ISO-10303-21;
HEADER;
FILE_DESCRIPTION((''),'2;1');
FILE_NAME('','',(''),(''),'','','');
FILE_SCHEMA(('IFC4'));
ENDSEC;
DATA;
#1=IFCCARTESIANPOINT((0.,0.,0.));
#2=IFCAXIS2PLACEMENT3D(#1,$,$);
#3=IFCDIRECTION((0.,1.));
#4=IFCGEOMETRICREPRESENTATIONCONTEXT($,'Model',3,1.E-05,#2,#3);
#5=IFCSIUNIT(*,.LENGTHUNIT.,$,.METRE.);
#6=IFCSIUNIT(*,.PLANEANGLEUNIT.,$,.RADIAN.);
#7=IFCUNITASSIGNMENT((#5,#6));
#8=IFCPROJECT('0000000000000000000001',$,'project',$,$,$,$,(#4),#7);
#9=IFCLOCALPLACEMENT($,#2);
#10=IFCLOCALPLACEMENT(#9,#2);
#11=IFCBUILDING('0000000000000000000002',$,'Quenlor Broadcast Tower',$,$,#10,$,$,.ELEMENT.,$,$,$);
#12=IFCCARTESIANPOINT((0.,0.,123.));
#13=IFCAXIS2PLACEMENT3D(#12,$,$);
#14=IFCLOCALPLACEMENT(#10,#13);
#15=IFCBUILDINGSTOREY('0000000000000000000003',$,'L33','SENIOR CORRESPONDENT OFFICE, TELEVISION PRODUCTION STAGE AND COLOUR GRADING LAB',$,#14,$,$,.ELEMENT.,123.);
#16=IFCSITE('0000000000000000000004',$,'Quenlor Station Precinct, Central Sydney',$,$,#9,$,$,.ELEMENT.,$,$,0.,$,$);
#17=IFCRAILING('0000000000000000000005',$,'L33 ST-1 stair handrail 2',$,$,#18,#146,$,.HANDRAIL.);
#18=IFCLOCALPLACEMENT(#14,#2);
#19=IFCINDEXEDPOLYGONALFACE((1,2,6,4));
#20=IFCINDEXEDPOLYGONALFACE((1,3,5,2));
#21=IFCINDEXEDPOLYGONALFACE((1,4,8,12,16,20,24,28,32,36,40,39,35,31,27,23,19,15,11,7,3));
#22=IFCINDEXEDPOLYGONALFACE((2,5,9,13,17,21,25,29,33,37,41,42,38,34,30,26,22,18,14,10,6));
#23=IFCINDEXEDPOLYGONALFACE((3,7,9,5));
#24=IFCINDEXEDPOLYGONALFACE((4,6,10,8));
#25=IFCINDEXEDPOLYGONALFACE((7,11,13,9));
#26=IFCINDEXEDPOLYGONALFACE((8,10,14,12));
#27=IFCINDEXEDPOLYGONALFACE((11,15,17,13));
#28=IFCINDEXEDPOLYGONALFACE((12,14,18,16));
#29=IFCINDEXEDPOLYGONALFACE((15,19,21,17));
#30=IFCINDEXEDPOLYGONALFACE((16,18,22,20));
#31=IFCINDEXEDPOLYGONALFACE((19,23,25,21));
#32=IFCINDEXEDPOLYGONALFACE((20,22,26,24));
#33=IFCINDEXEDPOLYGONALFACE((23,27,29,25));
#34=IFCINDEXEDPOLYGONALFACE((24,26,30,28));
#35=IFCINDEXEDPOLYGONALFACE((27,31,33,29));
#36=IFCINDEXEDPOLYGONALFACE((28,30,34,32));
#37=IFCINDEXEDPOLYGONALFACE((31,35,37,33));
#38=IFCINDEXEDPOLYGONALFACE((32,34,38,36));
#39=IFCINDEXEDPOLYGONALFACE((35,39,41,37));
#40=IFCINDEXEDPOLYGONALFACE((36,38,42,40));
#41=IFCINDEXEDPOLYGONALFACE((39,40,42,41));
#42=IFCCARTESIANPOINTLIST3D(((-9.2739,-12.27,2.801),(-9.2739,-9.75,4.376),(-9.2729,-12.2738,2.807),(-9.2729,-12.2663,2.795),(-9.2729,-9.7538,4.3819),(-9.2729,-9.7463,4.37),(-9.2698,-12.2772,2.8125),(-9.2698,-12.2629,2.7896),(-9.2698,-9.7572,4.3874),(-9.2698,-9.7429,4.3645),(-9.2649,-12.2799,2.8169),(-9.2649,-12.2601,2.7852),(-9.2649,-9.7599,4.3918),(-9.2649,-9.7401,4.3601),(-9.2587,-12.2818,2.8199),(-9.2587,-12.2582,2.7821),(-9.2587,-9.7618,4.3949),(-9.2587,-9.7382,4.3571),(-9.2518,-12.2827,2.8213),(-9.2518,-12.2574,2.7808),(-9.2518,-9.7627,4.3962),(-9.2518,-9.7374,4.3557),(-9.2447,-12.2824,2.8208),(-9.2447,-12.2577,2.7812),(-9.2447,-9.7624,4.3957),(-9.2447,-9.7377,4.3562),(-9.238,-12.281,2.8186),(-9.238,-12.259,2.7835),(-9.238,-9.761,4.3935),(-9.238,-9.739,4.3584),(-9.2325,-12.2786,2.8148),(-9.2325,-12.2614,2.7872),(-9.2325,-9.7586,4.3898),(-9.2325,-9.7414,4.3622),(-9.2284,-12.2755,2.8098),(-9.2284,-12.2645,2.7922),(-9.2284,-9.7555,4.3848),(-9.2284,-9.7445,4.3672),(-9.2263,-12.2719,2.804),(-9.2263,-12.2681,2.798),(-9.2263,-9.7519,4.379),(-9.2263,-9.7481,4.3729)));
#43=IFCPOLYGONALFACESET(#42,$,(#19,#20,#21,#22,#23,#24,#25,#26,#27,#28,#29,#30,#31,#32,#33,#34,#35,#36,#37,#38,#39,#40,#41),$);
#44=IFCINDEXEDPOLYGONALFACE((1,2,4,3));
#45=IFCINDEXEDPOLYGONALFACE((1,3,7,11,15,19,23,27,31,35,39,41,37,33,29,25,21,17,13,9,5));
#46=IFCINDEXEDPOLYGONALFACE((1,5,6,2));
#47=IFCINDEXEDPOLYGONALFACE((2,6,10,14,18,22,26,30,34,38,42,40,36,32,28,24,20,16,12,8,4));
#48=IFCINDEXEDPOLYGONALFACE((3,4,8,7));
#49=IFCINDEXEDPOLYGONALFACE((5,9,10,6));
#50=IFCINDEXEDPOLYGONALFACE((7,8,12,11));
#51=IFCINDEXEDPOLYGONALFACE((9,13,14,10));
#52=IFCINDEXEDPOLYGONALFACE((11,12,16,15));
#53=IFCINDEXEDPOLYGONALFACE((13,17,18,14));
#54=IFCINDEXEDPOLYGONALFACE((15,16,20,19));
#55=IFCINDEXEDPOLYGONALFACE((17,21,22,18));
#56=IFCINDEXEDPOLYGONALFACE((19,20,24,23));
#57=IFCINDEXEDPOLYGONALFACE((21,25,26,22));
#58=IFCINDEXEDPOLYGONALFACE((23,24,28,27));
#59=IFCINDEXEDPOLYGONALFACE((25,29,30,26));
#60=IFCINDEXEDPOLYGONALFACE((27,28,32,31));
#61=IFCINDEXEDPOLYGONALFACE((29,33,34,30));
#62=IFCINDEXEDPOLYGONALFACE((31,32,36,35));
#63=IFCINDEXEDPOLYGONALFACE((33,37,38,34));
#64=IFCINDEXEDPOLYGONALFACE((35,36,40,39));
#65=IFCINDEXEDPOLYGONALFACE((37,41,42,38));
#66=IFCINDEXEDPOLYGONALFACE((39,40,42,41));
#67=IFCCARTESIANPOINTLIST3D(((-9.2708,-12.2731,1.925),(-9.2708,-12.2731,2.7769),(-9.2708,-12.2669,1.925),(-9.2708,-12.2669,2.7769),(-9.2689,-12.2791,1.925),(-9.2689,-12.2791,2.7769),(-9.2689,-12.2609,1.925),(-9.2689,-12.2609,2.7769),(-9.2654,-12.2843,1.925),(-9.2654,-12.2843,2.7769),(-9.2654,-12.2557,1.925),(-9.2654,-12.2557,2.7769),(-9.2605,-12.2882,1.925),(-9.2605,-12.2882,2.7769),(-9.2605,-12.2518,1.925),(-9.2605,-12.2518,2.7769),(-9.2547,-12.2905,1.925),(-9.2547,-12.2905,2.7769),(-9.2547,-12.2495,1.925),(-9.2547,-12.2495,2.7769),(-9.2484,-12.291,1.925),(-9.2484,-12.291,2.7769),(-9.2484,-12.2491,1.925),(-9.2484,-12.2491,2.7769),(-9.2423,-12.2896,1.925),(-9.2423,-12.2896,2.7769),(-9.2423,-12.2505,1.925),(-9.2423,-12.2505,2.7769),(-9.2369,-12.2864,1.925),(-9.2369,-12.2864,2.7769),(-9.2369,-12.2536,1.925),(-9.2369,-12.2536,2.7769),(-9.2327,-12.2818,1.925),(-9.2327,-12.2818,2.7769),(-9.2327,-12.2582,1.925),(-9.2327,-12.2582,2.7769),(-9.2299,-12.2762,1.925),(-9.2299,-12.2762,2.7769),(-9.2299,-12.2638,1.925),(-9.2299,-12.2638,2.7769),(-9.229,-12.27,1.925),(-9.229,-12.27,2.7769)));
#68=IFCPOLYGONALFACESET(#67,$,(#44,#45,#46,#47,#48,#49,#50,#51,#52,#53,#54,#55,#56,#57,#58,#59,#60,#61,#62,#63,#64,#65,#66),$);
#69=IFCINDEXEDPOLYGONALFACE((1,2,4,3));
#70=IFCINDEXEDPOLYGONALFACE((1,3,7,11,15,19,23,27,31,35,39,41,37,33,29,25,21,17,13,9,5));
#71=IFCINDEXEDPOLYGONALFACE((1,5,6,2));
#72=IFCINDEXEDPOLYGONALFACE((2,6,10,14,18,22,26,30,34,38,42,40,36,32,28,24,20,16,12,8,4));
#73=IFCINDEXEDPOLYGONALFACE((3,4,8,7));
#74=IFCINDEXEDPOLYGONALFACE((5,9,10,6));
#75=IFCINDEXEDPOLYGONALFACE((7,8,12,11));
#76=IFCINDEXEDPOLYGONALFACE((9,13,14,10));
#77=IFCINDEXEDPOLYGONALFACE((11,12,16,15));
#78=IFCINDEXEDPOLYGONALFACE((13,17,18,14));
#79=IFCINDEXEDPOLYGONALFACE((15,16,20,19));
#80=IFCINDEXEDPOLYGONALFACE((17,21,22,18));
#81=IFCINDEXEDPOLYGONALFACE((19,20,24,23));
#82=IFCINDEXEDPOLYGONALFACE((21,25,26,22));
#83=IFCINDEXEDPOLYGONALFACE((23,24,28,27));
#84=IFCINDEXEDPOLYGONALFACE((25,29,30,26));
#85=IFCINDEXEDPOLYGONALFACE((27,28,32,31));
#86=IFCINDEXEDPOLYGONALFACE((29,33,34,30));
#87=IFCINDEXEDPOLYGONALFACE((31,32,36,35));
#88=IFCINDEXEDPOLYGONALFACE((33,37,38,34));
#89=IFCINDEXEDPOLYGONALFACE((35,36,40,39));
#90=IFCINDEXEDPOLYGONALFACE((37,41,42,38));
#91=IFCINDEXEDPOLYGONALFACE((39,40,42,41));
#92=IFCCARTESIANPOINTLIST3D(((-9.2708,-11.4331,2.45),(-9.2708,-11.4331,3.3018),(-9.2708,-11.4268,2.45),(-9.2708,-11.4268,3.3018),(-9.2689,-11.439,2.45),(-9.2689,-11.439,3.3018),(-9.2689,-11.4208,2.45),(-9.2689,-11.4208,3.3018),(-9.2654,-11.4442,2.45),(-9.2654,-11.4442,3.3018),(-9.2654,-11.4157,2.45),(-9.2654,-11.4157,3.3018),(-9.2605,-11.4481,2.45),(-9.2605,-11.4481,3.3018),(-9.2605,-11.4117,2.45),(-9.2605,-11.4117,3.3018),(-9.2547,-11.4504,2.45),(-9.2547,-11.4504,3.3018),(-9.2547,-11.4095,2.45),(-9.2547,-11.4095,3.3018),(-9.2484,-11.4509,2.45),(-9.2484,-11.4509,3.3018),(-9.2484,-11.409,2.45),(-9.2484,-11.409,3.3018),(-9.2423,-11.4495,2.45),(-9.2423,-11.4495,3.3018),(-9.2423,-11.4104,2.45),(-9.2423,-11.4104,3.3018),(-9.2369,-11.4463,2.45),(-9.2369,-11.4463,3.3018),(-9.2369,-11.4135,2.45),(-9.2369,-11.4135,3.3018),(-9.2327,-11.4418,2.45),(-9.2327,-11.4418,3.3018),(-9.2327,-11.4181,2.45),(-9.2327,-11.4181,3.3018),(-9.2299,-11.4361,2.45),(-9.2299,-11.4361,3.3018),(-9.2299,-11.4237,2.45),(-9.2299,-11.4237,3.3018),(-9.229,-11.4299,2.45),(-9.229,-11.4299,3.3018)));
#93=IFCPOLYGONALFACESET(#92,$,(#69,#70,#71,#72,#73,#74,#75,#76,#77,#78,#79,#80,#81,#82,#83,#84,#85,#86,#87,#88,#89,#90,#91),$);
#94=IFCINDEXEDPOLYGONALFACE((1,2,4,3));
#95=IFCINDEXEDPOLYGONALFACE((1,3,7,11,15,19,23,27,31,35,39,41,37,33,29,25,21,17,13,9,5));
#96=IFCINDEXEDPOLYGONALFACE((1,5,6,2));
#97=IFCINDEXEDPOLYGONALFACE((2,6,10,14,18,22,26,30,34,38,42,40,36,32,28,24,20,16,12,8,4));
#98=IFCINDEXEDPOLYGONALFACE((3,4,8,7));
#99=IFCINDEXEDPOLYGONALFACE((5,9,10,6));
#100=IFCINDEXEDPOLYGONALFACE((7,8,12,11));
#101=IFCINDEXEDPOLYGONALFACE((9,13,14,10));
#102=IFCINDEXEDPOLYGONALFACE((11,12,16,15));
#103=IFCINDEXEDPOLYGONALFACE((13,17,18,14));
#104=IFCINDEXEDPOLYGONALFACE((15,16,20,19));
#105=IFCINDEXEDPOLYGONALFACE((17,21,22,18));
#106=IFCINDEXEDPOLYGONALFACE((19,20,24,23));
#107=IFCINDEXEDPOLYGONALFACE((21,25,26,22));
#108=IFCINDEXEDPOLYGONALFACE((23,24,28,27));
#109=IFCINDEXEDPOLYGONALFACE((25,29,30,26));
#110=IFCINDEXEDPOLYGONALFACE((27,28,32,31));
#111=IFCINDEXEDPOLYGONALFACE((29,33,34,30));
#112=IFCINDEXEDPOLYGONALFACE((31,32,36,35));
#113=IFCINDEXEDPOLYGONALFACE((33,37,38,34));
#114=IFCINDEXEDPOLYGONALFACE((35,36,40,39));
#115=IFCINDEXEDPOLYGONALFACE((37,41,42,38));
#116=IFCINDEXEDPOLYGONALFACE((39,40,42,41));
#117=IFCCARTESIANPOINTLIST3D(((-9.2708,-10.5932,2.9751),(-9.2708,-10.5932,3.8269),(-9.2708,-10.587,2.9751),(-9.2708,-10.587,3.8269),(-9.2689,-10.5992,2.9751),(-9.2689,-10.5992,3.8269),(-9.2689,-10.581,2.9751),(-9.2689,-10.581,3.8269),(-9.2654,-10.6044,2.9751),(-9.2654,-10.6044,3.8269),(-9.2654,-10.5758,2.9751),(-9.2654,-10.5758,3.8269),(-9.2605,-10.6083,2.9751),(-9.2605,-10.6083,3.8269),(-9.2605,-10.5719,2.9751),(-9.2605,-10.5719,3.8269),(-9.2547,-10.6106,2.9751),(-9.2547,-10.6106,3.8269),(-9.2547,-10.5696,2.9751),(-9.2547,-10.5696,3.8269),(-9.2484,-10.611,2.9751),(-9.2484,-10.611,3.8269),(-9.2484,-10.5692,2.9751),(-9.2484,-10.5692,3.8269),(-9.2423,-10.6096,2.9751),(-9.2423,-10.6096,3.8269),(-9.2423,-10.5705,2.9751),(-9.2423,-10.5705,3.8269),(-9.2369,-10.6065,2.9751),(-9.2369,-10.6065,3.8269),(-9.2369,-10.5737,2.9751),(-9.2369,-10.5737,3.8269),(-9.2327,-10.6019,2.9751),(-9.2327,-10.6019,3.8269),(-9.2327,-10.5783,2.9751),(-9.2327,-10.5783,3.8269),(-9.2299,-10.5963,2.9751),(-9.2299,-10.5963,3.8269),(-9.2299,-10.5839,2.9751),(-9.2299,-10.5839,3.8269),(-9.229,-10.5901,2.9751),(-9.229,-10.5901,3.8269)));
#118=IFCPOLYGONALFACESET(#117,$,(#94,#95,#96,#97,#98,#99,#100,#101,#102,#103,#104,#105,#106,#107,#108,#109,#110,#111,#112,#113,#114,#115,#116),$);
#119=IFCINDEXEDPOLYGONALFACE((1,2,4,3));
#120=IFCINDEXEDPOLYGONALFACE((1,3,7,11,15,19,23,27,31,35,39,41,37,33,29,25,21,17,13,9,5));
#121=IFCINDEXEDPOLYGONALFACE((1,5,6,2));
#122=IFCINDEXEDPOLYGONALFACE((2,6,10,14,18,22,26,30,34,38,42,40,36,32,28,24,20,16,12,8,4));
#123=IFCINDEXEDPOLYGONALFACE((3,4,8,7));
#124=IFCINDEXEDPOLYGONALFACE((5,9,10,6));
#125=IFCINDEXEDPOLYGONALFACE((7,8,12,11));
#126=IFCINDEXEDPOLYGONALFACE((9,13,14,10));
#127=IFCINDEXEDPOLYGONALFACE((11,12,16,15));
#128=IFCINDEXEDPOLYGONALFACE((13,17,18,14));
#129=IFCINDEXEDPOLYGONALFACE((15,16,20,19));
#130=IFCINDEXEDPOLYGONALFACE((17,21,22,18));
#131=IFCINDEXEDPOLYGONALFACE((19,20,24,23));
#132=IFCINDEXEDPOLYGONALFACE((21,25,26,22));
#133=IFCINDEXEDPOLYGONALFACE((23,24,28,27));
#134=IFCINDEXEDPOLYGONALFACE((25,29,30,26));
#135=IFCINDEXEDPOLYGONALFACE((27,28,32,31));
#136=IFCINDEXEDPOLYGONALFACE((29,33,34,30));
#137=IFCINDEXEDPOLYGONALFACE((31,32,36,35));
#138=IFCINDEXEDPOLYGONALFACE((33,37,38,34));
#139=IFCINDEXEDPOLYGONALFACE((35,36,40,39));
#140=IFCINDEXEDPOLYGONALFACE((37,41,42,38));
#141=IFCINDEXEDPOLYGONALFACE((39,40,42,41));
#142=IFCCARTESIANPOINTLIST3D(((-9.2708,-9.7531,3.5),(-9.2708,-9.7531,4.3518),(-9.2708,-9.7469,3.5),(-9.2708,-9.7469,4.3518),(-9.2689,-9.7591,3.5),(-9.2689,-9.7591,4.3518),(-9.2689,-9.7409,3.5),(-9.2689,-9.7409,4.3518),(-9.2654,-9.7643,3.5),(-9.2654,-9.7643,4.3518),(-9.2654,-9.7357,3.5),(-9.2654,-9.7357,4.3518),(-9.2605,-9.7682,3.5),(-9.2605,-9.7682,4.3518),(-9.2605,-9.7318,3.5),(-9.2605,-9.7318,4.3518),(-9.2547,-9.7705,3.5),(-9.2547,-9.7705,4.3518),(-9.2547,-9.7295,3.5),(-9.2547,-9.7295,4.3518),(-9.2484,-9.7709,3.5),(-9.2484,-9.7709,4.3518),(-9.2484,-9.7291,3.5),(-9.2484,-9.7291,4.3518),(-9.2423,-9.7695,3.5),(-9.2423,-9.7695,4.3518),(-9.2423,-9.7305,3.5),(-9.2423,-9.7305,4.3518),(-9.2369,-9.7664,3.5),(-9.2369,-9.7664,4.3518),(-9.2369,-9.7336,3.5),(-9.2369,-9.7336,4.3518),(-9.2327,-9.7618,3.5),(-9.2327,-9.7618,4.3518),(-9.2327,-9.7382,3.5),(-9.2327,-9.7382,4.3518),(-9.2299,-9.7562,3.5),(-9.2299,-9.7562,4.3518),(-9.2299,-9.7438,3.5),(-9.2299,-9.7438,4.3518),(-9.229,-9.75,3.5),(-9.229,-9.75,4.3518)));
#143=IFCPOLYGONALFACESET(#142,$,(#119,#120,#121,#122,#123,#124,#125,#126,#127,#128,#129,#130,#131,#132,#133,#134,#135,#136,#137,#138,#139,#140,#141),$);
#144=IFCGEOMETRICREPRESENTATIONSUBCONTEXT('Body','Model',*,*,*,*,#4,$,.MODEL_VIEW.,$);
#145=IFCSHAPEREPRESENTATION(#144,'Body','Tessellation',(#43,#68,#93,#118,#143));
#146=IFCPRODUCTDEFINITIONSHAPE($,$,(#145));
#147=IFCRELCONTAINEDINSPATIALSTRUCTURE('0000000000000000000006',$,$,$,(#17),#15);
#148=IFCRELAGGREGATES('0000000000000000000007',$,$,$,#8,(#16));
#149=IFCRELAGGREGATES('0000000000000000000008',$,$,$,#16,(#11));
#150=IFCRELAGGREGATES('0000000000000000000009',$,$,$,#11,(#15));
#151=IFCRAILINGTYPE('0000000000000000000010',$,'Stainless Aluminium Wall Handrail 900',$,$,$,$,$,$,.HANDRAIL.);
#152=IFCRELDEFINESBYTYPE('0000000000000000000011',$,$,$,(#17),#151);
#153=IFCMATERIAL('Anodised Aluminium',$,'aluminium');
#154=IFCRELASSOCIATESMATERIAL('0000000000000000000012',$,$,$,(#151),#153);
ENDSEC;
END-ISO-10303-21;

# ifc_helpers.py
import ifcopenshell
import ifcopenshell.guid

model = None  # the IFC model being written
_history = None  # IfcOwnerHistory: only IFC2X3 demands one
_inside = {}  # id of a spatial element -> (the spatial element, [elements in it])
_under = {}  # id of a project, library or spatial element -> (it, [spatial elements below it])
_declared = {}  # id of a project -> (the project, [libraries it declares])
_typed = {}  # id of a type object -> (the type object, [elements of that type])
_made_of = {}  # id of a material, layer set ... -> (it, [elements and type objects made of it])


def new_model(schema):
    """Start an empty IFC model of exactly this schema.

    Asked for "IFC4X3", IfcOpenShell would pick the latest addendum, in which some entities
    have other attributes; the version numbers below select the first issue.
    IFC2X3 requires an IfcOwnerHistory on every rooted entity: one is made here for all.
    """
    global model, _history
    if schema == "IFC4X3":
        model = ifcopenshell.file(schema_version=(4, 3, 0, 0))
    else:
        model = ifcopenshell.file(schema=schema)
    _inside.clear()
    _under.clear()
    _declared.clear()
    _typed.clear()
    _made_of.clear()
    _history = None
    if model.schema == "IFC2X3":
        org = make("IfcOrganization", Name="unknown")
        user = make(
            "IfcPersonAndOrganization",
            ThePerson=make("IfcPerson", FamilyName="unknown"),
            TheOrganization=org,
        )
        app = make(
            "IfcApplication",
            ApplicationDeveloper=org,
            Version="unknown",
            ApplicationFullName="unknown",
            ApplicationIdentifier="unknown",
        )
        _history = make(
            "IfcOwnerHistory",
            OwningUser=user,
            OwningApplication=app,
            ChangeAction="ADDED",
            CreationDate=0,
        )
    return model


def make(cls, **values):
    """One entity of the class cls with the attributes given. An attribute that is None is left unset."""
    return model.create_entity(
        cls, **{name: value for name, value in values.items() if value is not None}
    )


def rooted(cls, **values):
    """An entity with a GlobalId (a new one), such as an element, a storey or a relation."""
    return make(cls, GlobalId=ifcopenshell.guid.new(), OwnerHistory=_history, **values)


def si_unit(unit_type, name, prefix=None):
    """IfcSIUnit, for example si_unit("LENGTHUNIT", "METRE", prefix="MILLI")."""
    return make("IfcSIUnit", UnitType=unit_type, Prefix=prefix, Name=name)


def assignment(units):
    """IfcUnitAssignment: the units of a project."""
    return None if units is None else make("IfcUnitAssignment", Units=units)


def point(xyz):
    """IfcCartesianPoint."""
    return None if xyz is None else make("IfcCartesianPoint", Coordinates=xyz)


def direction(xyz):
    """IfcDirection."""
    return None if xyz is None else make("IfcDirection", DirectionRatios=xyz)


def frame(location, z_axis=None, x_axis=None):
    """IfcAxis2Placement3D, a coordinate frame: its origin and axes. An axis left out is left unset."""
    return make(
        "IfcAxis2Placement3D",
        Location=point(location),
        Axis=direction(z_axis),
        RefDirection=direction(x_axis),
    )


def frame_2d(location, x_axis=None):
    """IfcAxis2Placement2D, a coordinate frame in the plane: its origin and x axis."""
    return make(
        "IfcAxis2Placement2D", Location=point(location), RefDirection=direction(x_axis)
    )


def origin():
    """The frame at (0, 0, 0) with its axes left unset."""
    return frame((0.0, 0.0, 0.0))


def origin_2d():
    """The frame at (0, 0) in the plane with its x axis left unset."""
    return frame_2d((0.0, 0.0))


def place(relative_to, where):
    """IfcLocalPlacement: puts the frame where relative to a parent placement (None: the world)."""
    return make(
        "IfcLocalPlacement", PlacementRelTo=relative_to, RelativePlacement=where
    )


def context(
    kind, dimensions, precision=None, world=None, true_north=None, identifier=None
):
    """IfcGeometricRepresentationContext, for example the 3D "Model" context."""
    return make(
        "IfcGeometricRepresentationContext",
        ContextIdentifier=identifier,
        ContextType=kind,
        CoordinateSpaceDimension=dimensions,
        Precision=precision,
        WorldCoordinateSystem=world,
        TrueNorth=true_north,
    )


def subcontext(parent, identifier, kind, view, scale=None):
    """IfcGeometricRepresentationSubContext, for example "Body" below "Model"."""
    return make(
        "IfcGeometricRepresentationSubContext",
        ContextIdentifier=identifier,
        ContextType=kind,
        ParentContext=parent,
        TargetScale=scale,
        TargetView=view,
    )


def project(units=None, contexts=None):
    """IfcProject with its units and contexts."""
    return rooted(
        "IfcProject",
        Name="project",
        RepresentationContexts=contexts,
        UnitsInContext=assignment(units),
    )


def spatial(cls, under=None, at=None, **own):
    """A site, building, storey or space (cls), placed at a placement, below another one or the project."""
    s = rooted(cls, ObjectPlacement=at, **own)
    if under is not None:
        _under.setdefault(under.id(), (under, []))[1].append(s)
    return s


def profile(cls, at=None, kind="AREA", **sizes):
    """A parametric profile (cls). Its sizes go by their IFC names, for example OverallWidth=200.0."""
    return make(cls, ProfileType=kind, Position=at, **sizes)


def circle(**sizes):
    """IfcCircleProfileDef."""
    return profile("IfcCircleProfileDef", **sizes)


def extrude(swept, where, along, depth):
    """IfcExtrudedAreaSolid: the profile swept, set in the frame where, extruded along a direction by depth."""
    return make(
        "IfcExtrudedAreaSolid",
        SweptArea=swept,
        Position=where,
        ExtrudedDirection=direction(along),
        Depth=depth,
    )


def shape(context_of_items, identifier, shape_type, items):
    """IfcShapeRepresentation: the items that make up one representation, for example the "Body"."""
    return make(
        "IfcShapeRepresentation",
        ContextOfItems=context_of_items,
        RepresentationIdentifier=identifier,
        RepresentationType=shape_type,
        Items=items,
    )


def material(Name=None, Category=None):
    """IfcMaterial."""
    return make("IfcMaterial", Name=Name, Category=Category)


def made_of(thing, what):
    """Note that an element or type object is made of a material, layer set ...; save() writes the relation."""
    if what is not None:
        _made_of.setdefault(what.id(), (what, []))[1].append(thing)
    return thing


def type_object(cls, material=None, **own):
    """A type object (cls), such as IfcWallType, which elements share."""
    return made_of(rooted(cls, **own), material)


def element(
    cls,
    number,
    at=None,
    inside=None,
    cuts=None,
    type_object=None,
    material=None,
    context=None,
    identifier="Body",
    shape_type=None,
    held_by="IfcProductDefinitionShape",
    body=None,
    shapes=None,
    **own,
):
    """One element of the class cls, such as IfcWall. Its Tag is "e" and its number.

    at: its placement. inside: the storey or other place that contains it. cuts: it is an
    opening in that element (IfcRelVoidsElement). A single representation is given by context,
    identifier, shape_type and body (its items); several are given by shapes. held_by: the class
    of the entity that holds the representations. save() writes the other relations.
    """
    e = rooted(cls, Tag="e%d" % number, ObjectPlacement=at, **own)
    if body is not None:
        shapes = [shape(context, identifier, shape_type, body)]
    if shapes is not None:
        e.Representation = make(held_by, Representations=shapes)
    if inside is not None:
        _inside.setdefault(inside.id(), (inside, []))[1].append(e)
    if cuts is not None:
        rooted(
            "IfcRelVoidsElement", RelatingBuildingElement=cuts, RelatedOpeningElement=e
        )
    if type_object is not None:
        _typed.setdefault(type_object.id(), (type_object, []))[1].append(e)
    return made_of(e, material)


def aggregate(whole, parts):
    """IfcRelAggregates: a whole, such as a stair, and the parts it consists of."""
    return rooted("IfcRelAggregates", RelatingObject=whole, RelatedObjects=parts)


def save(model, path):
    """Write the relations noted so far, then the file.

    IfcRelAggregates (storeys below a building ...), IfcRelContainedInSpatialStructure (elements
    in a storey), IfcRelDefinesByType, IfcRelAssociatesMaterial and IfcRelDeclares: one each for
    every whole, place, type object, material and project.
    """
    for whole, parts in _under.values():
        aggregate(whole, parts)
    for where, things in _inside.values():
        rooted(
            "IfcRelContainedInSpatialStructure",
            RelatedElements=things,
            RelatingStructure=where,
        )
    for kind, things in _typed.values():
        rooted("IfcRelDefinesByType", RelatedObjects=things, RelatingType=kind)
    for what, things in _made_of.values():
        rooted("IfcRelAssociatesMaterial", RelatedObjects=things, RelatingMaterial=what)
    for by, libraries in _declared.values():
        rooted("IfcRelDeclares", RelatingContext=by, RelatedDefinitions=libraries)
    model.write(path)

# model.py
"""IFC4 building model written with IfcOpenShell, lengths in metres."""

from ifc_helpers import new_model, si_unit, direction, frame, origin, origin_2d, place, context, subcontext, project, spatial, circle, extrude, material, type_object, element, save


model = new_model("IFC4")

# Units and contexts
model_context = context("Model", 3, precision=1e-05, world=origin(), true_north=direction((0.0, 1.0)))
body_context = subcontext(model_context, "Body", "Model", "MODEL_VIEW")
ifc_project = project(units=[si_unit("LENGTHUNIT", "METRE"), si_unit("PLANEANGLEUNIT", "RADIAN")], contexts=[model_context])

# Site, building, storey
site_placement = place(None, origin())
site = spatial("IfcSite", under=ifc_project, at=site_placement, Name="Quenlor Station Precinct, Central Sydney", CompositionType="ELEMENT", RefElevation=0.0)
building_placement = place(site_placement, origin())
building = spatial("IfcBuilding", under=site, at=building_placement, Name="Quenlor Broadcast Tower", CompositionType="ELEMENT")
storey_placement = place(building_placement, frame((0.0, 0.0, 123.0)))
storey = spatial("IfcBuildingStorey", under=building, at=storey_placement, Name="L33", Description="SENIOR CORRESPONDENT OFFICE, TELEVISION PRODUCTION STAGE AND COLOUR GRADING LAB", CompositionType="ELEMENT", Elevation=123.0)

# Railing
ifc_material_1 = material(Name="Anodised Aluminium", Category="aluminium")
railing_type_1 = type_object("IfcRailingType", Name="Stainless Aluminium Wall Handrail 900", PredefinedType="HANDRAIL", material=ifc_material_1)
railing_1_placement = place(storey_placement, frame((-9.25, -12.27, 1.925)))
element("IfcRailing", 1, at=railing_1_placement, inside=storey, type_object=railing_type_1, Name="L33 ST-1 stair handrail 2", PredefinedType="HANDRAIL", context=body_context, shape_type="SweptSolid", body=[
    extrude(circle(Radius=0.0239, at=origin_2d()), frame((0.0, 0.0, 0.876), z_axis=(0.0, 0.848008, 0.529984), x_axis=(-1.0, 0.0, 0.0)), (0.0, 0.0, 1.0), 2.9717),
    extrude(circle(Radius=0.021, at=origin_2d()), origin(), (0.0, 0.0, 1.0), 0.8518),
    extrude(circle(Radius=0.021, at=origin_2d()), frame((0.0, 0.8401, 0.5249)), (0.0, 0.0, 1.0), 0.8518),
    extrude(circle(Radius=0.021, at=origin_2d()), frame((0.0, 1.6799, 1.05)), (0.0, 0.0, 1.0), 0.8518),
    extrude(circle(Radius=0.021, at=origin_2d()), frame((0.0, 2.52, 1.575)), (0.0, 0.0, 1.0), 0.8518),
])

save(model, "model.ifc")
